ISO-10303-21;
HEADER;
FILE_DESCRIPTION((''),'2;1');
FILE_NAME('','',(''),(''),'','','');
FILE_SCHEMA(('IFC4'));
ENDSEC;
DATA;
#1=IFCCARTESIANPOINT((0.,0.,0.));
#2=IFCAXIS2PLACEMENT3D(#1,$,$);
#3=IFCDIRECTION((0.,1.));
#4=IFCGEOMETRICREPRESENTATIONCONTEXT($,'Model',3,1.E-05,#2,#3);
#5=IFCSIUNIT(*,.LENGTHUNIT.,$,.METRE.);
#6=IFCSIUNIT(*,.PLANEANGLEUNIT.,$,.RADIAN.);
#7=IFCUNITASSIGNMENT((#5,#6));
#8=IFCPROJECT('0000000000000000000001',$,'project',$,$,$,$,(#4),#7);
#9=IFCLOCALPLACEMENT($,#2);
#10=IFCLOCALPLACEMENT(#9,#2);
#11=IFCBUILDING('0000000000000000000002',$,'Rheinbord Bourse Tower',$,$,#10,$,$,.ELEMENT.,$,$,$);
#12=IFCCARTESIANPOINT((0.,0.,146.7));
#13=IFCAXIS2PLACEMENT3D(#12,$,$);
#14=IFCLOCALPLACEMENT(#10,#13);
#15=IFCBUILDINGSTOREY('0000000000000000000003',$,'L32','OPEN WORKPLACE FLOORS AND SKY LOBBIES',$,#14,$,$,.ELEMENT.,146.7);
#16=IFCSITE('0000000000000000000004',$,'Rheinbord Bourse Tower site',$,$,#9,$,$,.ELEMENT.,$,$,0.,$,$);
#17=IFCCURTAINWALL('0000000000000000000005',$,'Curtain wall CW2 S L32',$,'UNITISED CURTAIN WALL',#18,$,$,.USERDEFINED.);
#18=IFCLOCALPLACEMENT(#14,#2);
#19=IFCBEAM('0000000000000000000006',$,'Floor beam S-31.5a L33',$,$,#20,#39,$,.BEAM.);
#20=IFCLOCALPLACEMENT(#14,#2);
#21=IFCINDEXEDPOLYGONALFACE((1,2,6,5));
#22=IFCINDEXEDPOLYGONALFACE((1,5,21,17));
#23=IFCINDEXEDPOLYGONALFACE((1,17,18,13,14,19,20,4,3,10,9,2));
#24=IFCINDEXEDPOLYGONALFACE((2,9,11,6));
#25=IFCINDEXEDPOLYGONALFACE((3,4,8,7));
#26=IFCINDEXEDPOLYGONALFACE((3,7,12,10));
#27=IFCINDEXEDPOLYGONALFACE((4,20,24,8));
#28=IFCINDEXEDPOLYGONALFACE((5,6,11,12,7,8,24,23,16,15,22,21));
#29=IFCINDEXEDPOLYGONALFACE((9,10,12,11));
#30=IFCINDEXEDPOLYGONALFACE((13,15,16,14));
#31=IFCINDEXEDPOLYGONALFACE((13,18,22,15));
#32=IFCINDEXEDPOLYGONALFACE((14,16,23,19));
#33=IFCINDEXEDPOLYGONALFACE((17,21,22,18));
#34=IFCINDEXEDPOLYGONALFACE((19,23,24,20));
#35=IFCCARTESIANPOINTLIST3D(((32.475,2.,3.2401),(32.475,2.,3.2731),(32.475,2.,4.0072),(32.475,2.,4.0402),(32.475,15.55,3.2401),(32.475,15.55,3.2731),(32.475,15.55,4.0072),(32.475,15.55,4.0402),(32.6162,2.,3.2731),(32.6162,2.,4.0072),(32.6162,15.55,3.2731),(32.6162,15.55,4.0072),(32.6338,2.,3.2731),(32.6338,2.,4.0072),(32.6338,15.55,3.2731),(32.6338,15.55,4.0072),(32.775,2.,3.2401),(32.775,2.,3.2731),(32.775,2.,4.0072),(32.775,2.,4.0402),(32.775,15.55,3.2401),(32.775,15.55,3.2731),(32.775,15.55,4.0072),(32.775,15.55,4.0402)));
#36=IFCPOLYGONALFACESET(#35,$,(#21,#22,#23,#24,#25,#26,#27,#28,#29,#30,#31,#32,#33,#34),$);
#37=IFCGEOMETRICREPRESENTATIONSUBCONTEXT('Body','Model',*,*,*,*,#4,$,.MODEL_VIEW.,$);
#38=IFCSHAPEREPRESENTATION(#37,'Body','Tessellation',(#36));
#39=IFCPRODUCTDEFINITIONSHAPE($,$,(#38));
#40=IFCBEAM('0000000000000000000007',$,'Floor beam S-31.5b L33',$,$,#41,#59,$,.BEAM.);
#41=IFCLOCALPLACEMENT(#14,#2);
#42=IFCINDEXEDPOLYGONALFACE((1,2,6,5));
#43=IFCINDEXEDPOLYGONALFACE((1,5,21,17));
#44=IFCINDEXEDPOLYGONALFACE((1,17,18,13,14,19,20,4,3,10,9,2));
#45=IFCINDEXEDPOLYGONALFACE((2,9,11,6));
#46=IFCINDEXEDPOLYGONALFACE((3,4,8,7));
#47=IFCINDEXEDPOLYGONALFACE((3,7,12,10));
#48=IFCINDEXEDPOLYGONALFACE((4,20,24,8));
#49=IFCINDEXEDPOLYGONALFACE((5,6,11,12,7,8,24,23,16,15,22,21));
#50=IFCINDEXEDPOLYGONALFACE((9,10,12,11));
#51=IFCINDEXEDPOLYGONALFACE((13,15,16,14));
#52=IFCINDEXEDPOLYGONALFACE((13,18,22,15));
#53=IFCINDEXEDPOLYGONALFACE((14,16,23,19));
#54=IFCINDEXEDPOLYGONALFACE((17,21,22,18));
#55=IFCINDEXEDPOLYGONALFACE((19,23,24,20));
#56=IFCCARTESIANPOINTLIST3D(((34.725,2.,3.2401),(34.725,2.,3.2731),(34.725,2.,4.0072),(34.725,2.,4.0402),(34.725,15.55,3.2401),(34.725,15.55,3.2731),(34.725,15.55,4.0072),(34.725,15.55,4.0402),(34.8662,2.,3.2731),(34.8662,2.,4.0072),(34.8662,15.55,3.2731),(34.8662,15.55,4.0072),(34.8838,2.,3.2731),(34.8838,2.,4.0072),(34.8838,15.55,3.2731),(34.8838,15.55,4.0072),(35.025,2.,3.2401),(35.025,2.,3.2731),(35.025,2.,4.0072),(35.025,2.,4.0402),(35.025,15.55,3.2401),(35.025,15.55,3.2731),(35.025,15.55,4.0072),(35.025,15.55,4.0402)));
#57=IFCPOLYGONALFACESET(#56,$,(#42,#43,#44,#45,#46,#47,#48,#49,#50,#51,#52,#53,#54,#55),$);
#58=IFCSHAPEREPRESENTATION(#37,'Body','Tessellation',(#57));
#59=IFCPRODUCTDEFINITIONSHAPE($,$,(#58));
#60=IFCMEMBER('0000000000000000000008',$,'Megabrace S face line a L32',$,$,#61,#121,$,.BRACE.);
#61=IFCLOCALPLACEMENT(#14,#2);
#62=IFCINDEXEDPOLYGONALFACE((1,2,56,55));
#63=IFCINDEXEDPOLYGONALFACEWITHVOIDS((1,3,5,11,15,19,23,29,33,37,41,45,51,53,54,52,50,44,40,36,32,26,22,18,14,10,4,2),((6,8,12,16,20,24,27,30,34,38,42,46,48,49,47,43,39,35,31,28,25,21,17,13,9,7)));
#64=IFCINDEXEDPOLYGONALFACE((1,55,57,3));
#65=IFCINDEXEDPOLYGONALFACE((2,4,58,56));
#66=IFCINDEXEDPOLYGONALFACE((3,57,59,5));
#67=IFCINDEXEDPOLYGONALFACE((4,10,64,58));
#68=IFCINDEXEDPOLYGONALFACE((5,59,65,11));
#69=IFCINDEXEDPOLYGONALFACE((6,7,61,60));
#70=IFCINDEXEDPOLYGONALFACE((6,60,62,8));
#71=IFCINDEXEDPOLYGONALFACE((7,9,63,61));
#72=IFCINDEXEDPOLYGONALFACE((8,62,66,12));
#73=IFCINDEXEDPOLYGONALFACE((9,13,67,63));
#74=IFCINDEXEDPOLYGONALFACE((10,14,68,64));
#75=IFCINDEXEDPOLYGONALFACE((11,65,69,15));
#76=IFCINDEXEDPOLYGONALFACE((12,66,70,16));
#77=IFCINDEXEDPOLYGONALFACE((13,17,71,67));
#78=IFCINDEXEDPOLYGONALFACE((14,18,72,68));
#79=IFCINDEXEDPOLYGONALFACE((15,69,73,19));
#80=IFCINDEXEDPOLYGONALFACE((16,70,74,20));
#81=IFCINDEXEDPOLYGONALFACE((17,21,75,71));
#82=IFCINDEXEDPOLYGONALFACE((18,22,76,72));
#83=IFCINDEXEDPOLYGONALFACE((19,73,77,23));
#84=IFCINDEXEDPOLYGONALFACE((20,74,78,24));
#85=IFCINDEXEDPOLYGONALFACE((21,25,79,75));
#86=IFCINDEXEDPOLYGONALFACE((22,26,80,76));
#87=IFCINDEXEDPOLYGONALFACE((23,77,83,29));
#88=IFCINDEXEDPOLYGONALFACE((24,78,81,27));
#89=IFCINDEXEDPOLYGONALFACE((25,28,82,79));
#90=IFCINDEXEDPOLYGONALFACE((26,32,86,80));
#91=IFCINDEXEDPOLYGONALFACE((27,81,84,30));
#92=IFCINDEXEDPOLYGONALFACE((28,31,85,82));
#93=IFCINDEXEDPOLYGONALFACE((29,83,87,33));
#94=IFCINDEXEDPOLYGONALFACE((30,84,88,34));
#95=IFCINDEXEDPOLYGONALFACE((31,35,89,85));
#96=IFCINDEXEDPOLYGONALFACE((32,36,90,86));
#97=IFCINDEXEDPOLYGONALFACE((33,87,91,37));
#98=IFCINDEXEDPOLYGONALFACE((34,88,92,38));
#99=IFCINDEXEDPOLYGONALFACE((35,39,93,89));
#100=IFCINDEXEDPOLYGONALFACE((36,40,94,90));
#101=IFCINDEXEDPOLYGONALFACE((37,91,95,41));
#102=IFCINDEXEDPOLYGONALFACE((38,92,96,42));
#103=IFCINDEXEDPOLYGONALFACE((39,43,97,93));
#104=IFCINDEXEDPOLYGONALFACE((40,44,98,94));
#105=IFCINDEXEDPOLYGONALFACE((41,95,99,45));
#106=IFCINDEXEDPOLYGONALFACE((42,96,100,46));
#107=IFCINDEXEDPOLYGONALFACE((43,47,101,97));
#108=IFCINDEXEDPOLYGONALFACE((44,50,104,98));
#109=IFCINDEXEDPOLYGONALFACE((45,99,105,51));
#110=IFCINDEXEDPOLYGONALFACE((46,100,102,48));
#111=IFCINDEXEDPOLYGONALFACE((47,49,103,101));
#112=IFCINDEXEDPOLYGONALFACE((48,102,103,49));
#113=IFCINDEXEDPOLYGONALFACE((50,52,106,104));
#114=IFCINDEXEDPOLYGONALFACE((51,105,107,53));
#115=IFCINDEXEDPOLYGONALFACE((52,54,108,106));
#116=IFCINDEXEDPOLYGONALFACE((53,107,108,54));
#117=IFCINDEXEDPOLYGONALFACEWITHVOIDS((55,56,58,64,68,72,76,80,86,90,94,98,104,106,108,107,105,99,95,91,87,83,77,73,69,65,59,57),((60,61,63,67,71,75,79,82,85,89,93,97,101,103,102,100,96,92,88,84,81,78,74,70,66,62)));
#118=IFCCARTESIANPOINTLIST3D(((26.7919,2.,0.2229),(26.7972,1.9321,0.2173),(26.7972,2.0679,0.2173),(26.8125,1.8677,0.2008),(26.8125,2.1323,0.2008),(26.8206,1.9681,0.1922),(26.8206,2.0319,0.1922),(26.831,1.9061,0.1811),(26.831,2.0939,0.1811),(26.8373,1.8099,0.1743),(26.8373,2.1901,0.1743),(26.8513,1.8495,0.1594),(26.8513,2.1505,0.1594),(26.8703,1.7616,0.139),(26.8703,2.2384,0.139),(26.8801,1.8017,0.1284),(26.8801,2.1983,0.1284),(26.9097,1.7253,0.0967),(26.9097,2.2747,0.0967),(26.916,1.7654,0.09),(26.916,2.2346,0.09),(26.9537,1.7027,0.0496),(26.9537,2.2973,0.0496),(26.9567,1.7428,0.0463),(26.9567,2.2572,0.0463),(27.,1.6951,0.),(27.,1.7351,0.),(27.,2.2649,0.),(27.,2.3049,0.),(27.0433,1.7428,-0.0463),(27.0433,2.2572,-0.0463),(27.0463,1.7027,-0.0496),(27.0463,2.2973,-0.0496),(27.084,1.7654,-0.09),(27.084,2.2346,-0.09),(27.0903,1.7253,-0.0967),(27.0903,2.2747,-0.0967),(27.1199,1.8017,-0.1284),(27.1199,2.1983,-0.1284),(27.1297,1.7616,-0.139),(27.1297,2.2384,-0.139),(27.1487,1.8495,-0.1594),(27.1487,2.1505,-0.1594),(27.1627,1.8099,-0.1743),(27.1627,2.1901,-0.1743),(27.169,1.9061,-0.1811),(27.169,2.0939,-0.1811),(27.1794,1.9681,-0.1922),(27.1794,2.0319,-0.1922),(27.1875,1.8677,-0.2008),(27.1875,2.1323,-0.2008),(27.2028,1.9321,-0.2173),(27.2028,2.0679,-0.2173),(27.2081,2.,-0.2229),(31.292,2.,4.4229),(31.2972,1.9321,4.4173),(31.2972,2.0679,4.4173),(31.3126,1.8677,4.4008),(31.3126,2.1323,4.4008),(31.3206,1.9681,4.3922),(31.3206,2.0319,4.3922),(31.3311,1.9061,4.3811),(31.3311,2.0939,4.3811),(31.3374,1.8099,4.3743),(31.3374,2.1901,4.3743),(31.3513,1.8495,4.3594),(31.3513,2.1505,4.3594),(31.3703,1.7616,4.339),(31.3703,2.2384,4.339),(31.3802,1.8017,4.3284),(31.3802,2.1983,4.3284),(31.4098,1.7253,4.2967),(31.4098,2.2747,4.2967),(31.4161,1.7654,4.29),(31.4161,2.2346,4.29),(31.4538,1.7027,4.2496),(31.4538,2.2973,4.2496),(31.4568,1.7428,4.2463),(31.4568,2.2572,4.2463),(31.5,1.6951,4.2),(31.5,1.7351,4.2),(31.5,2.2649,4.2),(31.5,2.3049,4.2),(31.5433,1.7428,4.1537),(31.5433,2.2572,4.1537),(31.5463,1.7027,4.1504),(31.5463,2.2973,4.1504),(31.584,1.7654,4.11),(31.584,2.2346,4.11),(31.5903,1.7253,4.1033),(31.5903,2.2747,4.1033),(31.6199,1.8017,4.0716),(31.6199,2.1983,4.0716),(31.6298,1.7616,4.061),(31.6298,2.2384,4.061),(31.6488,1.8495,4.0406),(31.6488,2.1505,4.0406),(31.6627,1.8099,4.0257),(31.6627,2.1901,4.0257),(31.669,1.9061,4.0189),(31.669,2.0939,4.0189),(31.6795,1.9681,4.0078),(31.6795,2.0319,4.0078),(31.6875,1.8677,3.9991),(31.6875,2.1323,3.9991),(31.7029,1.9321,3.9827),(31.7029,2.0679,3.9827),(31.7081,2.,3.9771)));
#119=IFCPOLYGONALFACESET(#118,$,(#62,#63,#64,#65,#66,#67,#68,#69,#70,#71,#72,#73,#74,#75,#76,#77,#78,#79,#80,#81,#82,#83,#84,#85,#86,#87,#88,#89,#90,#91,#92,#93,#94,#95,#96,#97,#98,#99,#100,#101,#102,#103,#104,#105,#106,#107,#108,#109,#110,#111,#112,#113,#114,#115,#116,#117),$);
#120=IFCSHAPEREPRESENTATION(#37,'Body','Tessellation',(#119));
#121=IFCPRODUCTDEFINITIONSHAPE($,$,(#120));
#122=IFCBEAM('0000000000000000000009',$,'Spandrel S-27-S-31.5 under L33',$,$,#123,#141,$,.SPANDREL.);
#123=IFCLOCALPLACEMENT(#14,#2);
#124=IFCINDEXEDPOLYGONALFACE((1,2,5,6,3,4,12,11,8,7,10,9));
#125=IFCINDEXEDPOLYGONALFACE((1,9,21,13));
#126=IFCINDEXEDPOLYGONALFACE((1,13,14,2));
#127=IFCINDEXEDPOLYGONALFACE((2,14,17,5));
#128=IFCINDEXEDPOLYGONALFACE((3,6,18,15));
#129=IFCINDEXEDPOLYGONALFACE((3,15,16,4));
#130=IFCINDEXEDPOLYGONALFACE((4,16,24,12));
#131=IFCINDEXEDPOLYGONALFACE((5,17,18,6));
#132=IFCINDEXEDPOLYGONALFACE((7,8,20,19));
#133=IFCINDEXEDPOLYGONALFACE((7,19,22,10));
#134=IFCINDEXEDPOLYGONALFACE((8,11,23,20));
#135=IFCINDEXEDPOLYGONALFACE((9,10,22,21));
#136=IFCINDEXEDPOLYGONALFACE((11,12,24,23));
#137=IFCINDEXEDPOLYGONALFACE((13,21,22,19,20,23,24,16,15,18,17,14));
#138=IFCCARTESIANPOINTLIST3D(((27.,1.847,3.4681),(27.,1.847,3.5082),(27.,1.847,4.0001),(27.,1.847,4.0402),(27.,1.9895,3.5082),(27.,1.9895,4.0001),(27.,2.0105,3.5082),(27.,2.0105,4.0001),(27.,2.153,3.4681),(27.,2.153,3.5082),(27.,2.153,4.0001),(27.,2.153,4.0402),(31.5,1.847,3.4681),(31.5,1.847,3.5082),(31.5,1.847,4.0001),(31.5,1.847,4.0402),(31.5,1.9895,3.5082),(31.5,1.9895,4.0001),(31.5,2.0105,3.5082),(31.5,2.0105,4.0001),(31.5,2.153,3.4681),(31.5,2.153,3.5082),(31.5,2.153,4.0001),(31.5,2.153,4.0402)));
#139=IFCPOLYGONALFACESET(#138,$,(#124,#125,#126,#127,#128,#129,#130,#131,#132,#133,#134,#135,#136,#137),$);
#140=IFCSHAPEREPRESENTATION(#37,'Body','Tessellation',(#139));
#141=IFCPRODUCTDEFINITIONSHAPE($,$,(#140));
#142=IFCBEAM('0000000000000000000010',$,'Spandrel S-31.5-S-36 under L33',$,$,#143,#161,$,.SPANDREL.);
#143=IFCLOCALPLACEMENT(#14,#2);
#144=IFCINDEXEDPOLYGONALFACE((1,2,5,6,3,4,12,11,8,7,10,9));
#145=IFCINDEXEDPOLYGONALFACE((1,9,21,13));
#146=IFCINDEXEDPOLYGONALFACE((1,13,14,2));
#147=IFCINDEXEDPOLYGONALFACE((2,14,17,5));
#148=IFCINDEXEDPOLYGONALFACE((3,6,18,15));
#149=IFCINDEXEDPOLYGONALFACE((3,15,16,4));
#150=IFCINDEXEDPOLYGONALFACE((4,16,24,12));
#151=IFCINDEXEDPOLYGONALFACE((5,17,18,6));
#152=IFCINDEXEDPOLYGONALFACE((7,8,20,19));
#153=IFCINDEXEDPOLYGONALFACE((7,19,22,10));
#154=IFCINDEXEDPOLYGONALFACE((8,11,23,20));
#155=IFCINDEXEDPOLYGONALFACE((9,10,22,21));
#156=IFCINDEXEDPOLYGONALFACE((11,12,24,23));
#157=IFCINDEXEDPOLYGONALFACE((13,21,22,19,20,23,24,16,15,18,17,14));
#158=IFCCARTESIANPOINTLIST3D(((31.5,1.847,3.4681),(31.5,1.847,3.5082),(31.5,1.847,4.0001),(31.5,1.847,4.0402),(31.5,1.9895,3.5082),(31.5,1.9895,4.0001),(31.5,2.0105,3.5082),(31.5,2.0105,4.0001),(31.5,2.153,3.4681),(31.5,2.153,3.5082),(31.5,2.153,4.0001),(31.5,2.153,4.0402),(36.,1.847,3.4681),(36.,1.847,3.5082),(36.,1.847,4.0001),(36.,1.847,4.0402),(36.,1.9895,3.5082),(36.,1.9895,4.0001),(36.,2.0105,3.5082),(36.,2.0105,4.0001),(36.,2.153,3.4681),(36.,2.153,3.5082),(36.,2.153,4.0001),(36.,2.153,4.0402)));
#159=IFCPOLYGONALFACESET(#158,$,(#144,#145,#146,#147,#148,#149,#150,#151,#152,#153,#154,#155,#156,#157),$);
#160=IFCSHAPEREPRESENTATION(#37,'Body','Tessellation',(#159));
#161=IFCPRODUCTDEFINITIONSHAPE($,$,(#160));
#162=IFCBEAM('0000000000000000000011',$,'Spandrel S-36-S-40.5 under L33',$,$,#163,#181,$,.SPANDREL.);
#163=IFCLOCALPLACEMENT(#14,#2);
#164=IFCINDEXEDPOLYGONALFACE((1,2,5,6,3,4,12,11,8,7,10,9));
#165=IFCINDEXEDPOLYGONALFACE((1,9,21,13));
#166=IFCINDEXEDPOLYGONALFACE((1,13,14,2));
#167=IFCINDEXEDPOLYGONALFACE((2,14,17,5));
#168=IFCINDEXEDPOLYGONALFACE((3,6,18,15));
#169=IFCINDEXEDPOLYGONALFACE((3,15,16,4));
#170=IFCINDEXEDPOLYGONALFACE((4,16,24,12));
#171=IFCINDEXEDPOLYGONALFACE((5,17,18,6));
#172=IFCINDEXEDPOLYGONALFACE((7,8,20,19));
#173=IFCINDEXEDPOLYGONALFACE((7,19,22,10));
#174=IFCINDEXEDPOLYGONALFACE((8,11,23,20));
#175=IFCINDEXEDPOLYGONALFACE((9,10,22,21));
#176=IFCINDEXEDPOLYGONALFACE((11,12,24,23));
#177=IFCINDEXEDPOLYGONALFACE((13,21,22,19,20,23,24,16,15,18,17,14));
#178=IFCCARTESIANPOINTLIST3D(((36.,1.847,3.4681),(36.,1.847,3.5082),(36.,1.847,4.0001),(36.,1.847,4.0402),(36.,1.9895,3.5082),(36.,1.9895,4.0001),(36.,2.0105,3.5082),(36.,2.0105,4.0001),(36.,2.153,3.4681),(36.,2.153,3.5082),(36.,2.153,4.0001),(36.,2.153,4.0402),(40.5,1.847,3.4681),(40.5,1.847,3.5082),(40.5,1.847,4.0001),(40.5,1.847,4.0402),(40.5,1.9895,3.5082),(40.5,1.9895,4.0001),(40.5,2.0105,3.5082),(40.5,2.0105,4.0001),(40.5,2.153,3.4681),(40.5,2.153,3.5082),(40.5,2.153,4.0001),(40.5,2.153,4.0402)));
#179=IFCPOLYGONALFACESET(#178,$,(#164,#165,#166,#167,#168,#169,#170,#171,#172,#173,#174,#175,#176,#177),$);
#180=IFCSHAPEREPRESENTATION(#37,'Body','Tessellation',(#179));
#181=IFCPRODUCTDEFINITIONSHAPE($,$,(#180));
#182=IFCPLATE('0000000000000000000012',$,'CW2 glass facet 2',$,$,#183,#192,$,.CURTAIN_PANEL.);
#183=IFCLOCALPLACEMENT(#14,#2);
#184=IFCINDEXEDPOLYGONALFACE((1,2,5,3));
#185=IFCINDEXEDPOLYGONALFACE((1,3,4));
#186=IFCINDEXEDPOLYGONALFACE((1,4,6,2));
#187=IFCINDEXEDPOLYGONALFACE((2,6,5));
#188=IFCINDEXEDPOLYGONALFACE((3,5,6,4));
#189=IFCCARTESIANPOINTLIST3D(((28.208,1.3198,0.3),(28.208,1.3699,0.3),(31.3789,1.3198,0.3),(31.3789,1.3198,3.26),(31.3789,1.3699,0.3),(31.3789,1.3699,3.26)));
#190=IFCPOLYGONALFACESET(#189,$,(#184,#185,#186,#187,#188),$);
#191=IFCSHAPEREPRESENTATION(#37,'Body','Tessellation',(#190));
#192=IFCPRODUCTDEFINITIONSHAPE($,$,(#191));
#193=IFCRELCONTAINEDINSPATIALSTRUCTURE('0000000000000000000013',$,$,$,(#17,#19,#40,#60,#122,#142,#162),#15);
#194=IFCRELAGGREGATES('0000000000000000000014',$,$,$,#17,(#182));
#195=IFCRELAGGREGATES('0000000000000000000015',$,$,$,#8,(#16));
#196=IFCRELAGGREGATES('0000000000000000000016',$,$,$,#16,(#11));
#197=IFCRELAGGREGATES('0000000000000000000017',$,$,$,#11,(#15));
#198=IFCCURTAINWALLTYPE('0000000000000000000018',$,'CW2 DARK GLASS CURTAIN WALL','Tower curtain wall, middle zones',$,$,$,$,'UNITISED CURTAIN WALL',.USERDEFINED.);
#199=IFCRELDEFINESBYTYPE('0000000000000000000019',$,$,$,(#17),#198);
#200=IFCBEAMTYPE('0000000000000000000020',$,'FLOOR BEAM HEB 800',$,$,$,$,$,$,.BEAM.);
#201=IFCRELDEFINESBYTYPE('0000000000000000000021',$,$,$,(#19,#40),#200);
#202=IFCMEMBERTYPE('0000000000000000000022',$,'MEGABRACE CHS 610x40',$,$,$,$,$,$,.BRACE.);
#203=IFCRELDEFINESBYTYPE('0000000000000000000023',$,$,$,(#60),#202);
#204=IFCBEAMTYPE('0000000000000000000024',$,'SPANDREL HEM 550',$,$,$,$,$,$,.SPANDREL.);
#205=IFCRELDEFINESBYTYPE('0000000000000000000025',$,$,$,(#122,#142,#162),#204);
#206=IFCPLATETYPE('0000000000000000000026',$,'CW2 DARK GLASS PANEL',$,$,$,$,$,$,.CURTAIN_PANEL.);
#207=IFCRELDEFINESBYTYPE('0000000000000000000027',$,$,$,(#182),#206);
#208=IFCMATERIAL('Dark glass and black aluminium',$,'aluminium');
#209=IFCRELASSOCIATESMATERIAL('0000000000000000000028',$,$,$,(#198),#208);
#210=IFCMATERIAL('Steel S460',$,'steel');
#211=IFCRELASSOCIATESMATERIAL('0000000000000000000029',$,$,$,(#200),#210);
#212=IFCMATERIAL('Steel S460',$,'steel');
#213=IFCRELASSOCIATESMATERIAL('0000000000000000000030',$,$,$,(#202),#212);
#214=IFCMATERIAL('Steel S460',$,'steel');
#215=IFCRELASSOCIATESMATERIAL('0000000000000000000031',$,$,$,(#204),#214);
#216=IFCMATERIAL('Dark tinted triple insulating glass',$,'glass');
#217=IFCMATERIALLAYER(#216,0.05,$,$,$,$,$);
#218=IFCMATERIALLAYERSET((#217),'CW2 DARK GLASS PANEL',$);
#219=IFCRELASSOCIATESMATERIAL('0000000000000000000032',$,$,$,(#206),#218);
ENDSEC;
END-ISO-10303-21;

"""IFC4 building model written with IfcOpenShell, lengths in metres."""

from ifc_helpers import new_model, si_unit, direction, frame, origin, origin_2d, place, context, subcontext, project, spatial, polyline, hollow_circle, i_section, outline, extrude, material, layer, layer_set, material_profile, profile_set, type_object, element, aggregate, save


model = new_model("IFC4")

# Units and contexts
model_context = context("Model", 3, precision=1e-05, world=origin(), true_north=direction((0.0, 1.0)))
body_context = subcontext(model_context, "Body", "Model", "MODEL_VIEW")
ifc_project = project(units=[si_unit("LENGTHUNIT", "METRE"), si_unit("PLANEANGLEUNIT", "RADIAN")], contexts=[model_context])

# Site, building, storey
site_placement = place(None, origin())
site = spatial("IfcSite", under=ifc_project, at=site_placement, Name="Rheinbord Bourse Tower site", CompositionType="ELEMENT", RefElevation=0.0)
building_placement = place(site_placement, origin())
building = spatial("IfcBuilding", under=site, at=building_placement, Name="Rheinbord Bourse Tower", CompositionType="ELEMENT")
storey_placement = place(building_placement, frame((0.0, 0.0, 146.7)))
storey = spatial("IfcBuildingStorey", under=building, at=storey_placement, Name="L32", Description="OPEN WORKPLACE FLOORS AND SKY LOBBIES", CompositionType="ELEMENT", Elevation=146.7)

# Curtain wall
ifc_material_1 = material(Name="Dark glass and black aluminium", Category="aluminium")
curtain_wall_type = type_object("IfcCurtainWallType", Name="CW2 DARK GLASS CURTAIN WALL", Description="Tower curtain wall, middle zones", ElementType="UNITISED CURTAIN WALL", PredefinedType="USERDEFINED", material=ifc_material_1)
curtain_wall_placement = place(storey_placement, origin())
curtain_wall = element("IfcCurtainWall", 1, at=curtain_wall_placement, inside=storey, type_object=curtain_wall_type, Name="Curtain wall CW2 S L32", ObjectType="UNITISED CURTAIN WALL", PredefinedType="USERDEFINED")

# Beams
ifc_material_2 = material(Name="Steel S460", Category="steel")
ifc_material_profile_1 = material_profile(ifc_material_2, i_section(OverallWidth=0.3, OverallDepth=0.8, WebThickness=0.0176, FlangeThickness=0.033, at=origin_2d()), Name="HEB 800")
ifc_profile_set_1 = profile_set([ifc_material_profile_1], Name="Steel S460")
beam_type_1 = type_object("IfcBeamType", Name="FLOOR BEAM HEB 800", PredefinedType="BEAM", material=ifc_profile_set_1)
for number, where, z_axis, x_axis, name in (
    (2, (32.625, 2.0, 3.6401), (0.0, 1.0, 0.0), (-1.0, 0.0, 0.0), "Floor beam S-31.5a L33"),
    (3, (34.875, 2.0, 3.6401), (0.0, 1.0, 0.0), (-1.0, 0.0, 0.0), "Floor beam S-31.5b L33"),
):
    element("IfcBeam", number, at=place(storey_placement, frame(where, z_axis=z_axis, x_axis=x_axis)), inside=storey, type_object=beam_type_1, Name=name, PredefinedType="BEAM", context=body_context, shape_type="SweptSolid", body=[
        extrude(i_section(OverallWidth=0.3, OverallDepth=0.8, WebThickness=0.0176, FlangeThickness=0.033, at=origin_2d()), origin(), (0.0, 0.0, 1.0), 13.55),
    ])

# Member
ifc_material_3 = material(Name="Steel S460", Category="steel")
ifc_material_profile_2 = material_profile(ifc_material_3, hollow_circle(Radius=0.3049, WallThickness=0.04, at=origin_2d()), Name="CHS 610x40")
ifc_profile_set_2 = profile_set([ifc_material_profile_2], Name="Steel S460")
member_type_1 = type_object("IfcMemberType", Name="MEGABRACE CHS 610x40", PredefinedType="BRACE", material=ifc_profile_set_2)
member_1_placement = place(storey_placement, frame((27.0, 2.0, 0.0), z_axis=(0.731059, 0.0, 0.682314), x_axis=(0.0, 1.0, 0.0)))
element("IfcMember", 4, at=member_1_placement, inside=storey, type_object=member_type_1, Name="Megabrace S face line a L32", PredefinedType="BRACE", context=body_context, shape_type="SweptSolid", body=[
    extrude(hollow_circle(Radius=0.3049, WallThickness=0.04, at=origin_2d()), origin(), (0.0, 0.0, 1.0), 6.1555),
])

# Beams
ifc_material_4 = material(Name="Steel S460", Category="steel")
ifc_material_profile_3 = material_profile(ifc_material_4, i_section(OverallWidth=0.3059, OverallDepth=0.572, WebThickness=0.021, FlangeThickness=0.04, at=origin_2d()), Name="HEM 550")
ifc_profile_set_3 = profile_set([ifc_material_profile_3], Name="Steel S460")
beam_type_2 = type_object("IfcBeamType", Name="SPANDREL HEM 550", PredefinedType="SPANDREL", material=ifc_profile_set_3)
for number, where, z_axis, x_axis, name in (
    (5, (27.0, 2.0, 3.7542), (1.0, 0.0, 0.0), (0.0, 1.0, 0.0), "Spandrel S-27-S-31.5 under L33"),
    (6, (31.5, 2.0, 3.7542), (1.0, 0.0, 0.0), (0.0, 1.0, 0.0), "Spandrel S-31.5-S-36 under L33"),
    (7, (36.0, 2.0, 3.7542), (1.0, 0.0, 0.0), (0.0, 1.0, 0.0), "Spandrel S-36-S-40.5 under L33"),
):
    element("IfcBeam", number, at=place(storey_placement, frame(where, z_axis=z_axis, x_axis=x_axis)), inside=storey, type_object=beam_type_2, Name=name, PredefinedType="SPANDREL", context=body_context, shape_type="SweptSolid", body=[
        extrude(i_section(OverallWidth=0.3059, OverallDepth=0.572, WebThickness=0.021, FlangeThickness=0.04, at=origin_2d()), origin(), (0.0, 0.0, 1.0), 4.5),
    ])

# Plate
ifc_material_5 = material(Name="Dark tinted triple insulating glass", Category="glass")
ifc_layer_1 = layer(ifc_material_5, 0.05)
ifc_layer_set_1 = layer_set([ifc_layer_1], Name="CW2 DARK GLASS PANEL")
plate_type = type_object("IfcPlateType", Name="CW2 DARK GLASS PANEL", PredefinedType="CURTAIN_PANEL", material=ifc_layer_set_1)
plate_placement = place(storey_placement, frame((31.3789, 1.3198, 0.3), z_axis=(0.0, 1.0, 0.0), x_axis=(-1.0, 0.0, 0.0)))
plate = element("IfcPlate", 8, at=plate_placement, type_object=plate_type, Name="CW2 glass facet 2", PredefinedType="CURTAIN_PANEL", context=body_context, shape_type="SweptSolid", body=[
    extrude(outline(polyline([(0.0, 0.0), (3.1709, 0.0), (0.0, 2.96), (0.0, 0.0)])), origin(), (0.0, 0.0, 1.0), 0.05),
])
aggregate(curtain_wall, [plate])

save(model, "model.ifc")
